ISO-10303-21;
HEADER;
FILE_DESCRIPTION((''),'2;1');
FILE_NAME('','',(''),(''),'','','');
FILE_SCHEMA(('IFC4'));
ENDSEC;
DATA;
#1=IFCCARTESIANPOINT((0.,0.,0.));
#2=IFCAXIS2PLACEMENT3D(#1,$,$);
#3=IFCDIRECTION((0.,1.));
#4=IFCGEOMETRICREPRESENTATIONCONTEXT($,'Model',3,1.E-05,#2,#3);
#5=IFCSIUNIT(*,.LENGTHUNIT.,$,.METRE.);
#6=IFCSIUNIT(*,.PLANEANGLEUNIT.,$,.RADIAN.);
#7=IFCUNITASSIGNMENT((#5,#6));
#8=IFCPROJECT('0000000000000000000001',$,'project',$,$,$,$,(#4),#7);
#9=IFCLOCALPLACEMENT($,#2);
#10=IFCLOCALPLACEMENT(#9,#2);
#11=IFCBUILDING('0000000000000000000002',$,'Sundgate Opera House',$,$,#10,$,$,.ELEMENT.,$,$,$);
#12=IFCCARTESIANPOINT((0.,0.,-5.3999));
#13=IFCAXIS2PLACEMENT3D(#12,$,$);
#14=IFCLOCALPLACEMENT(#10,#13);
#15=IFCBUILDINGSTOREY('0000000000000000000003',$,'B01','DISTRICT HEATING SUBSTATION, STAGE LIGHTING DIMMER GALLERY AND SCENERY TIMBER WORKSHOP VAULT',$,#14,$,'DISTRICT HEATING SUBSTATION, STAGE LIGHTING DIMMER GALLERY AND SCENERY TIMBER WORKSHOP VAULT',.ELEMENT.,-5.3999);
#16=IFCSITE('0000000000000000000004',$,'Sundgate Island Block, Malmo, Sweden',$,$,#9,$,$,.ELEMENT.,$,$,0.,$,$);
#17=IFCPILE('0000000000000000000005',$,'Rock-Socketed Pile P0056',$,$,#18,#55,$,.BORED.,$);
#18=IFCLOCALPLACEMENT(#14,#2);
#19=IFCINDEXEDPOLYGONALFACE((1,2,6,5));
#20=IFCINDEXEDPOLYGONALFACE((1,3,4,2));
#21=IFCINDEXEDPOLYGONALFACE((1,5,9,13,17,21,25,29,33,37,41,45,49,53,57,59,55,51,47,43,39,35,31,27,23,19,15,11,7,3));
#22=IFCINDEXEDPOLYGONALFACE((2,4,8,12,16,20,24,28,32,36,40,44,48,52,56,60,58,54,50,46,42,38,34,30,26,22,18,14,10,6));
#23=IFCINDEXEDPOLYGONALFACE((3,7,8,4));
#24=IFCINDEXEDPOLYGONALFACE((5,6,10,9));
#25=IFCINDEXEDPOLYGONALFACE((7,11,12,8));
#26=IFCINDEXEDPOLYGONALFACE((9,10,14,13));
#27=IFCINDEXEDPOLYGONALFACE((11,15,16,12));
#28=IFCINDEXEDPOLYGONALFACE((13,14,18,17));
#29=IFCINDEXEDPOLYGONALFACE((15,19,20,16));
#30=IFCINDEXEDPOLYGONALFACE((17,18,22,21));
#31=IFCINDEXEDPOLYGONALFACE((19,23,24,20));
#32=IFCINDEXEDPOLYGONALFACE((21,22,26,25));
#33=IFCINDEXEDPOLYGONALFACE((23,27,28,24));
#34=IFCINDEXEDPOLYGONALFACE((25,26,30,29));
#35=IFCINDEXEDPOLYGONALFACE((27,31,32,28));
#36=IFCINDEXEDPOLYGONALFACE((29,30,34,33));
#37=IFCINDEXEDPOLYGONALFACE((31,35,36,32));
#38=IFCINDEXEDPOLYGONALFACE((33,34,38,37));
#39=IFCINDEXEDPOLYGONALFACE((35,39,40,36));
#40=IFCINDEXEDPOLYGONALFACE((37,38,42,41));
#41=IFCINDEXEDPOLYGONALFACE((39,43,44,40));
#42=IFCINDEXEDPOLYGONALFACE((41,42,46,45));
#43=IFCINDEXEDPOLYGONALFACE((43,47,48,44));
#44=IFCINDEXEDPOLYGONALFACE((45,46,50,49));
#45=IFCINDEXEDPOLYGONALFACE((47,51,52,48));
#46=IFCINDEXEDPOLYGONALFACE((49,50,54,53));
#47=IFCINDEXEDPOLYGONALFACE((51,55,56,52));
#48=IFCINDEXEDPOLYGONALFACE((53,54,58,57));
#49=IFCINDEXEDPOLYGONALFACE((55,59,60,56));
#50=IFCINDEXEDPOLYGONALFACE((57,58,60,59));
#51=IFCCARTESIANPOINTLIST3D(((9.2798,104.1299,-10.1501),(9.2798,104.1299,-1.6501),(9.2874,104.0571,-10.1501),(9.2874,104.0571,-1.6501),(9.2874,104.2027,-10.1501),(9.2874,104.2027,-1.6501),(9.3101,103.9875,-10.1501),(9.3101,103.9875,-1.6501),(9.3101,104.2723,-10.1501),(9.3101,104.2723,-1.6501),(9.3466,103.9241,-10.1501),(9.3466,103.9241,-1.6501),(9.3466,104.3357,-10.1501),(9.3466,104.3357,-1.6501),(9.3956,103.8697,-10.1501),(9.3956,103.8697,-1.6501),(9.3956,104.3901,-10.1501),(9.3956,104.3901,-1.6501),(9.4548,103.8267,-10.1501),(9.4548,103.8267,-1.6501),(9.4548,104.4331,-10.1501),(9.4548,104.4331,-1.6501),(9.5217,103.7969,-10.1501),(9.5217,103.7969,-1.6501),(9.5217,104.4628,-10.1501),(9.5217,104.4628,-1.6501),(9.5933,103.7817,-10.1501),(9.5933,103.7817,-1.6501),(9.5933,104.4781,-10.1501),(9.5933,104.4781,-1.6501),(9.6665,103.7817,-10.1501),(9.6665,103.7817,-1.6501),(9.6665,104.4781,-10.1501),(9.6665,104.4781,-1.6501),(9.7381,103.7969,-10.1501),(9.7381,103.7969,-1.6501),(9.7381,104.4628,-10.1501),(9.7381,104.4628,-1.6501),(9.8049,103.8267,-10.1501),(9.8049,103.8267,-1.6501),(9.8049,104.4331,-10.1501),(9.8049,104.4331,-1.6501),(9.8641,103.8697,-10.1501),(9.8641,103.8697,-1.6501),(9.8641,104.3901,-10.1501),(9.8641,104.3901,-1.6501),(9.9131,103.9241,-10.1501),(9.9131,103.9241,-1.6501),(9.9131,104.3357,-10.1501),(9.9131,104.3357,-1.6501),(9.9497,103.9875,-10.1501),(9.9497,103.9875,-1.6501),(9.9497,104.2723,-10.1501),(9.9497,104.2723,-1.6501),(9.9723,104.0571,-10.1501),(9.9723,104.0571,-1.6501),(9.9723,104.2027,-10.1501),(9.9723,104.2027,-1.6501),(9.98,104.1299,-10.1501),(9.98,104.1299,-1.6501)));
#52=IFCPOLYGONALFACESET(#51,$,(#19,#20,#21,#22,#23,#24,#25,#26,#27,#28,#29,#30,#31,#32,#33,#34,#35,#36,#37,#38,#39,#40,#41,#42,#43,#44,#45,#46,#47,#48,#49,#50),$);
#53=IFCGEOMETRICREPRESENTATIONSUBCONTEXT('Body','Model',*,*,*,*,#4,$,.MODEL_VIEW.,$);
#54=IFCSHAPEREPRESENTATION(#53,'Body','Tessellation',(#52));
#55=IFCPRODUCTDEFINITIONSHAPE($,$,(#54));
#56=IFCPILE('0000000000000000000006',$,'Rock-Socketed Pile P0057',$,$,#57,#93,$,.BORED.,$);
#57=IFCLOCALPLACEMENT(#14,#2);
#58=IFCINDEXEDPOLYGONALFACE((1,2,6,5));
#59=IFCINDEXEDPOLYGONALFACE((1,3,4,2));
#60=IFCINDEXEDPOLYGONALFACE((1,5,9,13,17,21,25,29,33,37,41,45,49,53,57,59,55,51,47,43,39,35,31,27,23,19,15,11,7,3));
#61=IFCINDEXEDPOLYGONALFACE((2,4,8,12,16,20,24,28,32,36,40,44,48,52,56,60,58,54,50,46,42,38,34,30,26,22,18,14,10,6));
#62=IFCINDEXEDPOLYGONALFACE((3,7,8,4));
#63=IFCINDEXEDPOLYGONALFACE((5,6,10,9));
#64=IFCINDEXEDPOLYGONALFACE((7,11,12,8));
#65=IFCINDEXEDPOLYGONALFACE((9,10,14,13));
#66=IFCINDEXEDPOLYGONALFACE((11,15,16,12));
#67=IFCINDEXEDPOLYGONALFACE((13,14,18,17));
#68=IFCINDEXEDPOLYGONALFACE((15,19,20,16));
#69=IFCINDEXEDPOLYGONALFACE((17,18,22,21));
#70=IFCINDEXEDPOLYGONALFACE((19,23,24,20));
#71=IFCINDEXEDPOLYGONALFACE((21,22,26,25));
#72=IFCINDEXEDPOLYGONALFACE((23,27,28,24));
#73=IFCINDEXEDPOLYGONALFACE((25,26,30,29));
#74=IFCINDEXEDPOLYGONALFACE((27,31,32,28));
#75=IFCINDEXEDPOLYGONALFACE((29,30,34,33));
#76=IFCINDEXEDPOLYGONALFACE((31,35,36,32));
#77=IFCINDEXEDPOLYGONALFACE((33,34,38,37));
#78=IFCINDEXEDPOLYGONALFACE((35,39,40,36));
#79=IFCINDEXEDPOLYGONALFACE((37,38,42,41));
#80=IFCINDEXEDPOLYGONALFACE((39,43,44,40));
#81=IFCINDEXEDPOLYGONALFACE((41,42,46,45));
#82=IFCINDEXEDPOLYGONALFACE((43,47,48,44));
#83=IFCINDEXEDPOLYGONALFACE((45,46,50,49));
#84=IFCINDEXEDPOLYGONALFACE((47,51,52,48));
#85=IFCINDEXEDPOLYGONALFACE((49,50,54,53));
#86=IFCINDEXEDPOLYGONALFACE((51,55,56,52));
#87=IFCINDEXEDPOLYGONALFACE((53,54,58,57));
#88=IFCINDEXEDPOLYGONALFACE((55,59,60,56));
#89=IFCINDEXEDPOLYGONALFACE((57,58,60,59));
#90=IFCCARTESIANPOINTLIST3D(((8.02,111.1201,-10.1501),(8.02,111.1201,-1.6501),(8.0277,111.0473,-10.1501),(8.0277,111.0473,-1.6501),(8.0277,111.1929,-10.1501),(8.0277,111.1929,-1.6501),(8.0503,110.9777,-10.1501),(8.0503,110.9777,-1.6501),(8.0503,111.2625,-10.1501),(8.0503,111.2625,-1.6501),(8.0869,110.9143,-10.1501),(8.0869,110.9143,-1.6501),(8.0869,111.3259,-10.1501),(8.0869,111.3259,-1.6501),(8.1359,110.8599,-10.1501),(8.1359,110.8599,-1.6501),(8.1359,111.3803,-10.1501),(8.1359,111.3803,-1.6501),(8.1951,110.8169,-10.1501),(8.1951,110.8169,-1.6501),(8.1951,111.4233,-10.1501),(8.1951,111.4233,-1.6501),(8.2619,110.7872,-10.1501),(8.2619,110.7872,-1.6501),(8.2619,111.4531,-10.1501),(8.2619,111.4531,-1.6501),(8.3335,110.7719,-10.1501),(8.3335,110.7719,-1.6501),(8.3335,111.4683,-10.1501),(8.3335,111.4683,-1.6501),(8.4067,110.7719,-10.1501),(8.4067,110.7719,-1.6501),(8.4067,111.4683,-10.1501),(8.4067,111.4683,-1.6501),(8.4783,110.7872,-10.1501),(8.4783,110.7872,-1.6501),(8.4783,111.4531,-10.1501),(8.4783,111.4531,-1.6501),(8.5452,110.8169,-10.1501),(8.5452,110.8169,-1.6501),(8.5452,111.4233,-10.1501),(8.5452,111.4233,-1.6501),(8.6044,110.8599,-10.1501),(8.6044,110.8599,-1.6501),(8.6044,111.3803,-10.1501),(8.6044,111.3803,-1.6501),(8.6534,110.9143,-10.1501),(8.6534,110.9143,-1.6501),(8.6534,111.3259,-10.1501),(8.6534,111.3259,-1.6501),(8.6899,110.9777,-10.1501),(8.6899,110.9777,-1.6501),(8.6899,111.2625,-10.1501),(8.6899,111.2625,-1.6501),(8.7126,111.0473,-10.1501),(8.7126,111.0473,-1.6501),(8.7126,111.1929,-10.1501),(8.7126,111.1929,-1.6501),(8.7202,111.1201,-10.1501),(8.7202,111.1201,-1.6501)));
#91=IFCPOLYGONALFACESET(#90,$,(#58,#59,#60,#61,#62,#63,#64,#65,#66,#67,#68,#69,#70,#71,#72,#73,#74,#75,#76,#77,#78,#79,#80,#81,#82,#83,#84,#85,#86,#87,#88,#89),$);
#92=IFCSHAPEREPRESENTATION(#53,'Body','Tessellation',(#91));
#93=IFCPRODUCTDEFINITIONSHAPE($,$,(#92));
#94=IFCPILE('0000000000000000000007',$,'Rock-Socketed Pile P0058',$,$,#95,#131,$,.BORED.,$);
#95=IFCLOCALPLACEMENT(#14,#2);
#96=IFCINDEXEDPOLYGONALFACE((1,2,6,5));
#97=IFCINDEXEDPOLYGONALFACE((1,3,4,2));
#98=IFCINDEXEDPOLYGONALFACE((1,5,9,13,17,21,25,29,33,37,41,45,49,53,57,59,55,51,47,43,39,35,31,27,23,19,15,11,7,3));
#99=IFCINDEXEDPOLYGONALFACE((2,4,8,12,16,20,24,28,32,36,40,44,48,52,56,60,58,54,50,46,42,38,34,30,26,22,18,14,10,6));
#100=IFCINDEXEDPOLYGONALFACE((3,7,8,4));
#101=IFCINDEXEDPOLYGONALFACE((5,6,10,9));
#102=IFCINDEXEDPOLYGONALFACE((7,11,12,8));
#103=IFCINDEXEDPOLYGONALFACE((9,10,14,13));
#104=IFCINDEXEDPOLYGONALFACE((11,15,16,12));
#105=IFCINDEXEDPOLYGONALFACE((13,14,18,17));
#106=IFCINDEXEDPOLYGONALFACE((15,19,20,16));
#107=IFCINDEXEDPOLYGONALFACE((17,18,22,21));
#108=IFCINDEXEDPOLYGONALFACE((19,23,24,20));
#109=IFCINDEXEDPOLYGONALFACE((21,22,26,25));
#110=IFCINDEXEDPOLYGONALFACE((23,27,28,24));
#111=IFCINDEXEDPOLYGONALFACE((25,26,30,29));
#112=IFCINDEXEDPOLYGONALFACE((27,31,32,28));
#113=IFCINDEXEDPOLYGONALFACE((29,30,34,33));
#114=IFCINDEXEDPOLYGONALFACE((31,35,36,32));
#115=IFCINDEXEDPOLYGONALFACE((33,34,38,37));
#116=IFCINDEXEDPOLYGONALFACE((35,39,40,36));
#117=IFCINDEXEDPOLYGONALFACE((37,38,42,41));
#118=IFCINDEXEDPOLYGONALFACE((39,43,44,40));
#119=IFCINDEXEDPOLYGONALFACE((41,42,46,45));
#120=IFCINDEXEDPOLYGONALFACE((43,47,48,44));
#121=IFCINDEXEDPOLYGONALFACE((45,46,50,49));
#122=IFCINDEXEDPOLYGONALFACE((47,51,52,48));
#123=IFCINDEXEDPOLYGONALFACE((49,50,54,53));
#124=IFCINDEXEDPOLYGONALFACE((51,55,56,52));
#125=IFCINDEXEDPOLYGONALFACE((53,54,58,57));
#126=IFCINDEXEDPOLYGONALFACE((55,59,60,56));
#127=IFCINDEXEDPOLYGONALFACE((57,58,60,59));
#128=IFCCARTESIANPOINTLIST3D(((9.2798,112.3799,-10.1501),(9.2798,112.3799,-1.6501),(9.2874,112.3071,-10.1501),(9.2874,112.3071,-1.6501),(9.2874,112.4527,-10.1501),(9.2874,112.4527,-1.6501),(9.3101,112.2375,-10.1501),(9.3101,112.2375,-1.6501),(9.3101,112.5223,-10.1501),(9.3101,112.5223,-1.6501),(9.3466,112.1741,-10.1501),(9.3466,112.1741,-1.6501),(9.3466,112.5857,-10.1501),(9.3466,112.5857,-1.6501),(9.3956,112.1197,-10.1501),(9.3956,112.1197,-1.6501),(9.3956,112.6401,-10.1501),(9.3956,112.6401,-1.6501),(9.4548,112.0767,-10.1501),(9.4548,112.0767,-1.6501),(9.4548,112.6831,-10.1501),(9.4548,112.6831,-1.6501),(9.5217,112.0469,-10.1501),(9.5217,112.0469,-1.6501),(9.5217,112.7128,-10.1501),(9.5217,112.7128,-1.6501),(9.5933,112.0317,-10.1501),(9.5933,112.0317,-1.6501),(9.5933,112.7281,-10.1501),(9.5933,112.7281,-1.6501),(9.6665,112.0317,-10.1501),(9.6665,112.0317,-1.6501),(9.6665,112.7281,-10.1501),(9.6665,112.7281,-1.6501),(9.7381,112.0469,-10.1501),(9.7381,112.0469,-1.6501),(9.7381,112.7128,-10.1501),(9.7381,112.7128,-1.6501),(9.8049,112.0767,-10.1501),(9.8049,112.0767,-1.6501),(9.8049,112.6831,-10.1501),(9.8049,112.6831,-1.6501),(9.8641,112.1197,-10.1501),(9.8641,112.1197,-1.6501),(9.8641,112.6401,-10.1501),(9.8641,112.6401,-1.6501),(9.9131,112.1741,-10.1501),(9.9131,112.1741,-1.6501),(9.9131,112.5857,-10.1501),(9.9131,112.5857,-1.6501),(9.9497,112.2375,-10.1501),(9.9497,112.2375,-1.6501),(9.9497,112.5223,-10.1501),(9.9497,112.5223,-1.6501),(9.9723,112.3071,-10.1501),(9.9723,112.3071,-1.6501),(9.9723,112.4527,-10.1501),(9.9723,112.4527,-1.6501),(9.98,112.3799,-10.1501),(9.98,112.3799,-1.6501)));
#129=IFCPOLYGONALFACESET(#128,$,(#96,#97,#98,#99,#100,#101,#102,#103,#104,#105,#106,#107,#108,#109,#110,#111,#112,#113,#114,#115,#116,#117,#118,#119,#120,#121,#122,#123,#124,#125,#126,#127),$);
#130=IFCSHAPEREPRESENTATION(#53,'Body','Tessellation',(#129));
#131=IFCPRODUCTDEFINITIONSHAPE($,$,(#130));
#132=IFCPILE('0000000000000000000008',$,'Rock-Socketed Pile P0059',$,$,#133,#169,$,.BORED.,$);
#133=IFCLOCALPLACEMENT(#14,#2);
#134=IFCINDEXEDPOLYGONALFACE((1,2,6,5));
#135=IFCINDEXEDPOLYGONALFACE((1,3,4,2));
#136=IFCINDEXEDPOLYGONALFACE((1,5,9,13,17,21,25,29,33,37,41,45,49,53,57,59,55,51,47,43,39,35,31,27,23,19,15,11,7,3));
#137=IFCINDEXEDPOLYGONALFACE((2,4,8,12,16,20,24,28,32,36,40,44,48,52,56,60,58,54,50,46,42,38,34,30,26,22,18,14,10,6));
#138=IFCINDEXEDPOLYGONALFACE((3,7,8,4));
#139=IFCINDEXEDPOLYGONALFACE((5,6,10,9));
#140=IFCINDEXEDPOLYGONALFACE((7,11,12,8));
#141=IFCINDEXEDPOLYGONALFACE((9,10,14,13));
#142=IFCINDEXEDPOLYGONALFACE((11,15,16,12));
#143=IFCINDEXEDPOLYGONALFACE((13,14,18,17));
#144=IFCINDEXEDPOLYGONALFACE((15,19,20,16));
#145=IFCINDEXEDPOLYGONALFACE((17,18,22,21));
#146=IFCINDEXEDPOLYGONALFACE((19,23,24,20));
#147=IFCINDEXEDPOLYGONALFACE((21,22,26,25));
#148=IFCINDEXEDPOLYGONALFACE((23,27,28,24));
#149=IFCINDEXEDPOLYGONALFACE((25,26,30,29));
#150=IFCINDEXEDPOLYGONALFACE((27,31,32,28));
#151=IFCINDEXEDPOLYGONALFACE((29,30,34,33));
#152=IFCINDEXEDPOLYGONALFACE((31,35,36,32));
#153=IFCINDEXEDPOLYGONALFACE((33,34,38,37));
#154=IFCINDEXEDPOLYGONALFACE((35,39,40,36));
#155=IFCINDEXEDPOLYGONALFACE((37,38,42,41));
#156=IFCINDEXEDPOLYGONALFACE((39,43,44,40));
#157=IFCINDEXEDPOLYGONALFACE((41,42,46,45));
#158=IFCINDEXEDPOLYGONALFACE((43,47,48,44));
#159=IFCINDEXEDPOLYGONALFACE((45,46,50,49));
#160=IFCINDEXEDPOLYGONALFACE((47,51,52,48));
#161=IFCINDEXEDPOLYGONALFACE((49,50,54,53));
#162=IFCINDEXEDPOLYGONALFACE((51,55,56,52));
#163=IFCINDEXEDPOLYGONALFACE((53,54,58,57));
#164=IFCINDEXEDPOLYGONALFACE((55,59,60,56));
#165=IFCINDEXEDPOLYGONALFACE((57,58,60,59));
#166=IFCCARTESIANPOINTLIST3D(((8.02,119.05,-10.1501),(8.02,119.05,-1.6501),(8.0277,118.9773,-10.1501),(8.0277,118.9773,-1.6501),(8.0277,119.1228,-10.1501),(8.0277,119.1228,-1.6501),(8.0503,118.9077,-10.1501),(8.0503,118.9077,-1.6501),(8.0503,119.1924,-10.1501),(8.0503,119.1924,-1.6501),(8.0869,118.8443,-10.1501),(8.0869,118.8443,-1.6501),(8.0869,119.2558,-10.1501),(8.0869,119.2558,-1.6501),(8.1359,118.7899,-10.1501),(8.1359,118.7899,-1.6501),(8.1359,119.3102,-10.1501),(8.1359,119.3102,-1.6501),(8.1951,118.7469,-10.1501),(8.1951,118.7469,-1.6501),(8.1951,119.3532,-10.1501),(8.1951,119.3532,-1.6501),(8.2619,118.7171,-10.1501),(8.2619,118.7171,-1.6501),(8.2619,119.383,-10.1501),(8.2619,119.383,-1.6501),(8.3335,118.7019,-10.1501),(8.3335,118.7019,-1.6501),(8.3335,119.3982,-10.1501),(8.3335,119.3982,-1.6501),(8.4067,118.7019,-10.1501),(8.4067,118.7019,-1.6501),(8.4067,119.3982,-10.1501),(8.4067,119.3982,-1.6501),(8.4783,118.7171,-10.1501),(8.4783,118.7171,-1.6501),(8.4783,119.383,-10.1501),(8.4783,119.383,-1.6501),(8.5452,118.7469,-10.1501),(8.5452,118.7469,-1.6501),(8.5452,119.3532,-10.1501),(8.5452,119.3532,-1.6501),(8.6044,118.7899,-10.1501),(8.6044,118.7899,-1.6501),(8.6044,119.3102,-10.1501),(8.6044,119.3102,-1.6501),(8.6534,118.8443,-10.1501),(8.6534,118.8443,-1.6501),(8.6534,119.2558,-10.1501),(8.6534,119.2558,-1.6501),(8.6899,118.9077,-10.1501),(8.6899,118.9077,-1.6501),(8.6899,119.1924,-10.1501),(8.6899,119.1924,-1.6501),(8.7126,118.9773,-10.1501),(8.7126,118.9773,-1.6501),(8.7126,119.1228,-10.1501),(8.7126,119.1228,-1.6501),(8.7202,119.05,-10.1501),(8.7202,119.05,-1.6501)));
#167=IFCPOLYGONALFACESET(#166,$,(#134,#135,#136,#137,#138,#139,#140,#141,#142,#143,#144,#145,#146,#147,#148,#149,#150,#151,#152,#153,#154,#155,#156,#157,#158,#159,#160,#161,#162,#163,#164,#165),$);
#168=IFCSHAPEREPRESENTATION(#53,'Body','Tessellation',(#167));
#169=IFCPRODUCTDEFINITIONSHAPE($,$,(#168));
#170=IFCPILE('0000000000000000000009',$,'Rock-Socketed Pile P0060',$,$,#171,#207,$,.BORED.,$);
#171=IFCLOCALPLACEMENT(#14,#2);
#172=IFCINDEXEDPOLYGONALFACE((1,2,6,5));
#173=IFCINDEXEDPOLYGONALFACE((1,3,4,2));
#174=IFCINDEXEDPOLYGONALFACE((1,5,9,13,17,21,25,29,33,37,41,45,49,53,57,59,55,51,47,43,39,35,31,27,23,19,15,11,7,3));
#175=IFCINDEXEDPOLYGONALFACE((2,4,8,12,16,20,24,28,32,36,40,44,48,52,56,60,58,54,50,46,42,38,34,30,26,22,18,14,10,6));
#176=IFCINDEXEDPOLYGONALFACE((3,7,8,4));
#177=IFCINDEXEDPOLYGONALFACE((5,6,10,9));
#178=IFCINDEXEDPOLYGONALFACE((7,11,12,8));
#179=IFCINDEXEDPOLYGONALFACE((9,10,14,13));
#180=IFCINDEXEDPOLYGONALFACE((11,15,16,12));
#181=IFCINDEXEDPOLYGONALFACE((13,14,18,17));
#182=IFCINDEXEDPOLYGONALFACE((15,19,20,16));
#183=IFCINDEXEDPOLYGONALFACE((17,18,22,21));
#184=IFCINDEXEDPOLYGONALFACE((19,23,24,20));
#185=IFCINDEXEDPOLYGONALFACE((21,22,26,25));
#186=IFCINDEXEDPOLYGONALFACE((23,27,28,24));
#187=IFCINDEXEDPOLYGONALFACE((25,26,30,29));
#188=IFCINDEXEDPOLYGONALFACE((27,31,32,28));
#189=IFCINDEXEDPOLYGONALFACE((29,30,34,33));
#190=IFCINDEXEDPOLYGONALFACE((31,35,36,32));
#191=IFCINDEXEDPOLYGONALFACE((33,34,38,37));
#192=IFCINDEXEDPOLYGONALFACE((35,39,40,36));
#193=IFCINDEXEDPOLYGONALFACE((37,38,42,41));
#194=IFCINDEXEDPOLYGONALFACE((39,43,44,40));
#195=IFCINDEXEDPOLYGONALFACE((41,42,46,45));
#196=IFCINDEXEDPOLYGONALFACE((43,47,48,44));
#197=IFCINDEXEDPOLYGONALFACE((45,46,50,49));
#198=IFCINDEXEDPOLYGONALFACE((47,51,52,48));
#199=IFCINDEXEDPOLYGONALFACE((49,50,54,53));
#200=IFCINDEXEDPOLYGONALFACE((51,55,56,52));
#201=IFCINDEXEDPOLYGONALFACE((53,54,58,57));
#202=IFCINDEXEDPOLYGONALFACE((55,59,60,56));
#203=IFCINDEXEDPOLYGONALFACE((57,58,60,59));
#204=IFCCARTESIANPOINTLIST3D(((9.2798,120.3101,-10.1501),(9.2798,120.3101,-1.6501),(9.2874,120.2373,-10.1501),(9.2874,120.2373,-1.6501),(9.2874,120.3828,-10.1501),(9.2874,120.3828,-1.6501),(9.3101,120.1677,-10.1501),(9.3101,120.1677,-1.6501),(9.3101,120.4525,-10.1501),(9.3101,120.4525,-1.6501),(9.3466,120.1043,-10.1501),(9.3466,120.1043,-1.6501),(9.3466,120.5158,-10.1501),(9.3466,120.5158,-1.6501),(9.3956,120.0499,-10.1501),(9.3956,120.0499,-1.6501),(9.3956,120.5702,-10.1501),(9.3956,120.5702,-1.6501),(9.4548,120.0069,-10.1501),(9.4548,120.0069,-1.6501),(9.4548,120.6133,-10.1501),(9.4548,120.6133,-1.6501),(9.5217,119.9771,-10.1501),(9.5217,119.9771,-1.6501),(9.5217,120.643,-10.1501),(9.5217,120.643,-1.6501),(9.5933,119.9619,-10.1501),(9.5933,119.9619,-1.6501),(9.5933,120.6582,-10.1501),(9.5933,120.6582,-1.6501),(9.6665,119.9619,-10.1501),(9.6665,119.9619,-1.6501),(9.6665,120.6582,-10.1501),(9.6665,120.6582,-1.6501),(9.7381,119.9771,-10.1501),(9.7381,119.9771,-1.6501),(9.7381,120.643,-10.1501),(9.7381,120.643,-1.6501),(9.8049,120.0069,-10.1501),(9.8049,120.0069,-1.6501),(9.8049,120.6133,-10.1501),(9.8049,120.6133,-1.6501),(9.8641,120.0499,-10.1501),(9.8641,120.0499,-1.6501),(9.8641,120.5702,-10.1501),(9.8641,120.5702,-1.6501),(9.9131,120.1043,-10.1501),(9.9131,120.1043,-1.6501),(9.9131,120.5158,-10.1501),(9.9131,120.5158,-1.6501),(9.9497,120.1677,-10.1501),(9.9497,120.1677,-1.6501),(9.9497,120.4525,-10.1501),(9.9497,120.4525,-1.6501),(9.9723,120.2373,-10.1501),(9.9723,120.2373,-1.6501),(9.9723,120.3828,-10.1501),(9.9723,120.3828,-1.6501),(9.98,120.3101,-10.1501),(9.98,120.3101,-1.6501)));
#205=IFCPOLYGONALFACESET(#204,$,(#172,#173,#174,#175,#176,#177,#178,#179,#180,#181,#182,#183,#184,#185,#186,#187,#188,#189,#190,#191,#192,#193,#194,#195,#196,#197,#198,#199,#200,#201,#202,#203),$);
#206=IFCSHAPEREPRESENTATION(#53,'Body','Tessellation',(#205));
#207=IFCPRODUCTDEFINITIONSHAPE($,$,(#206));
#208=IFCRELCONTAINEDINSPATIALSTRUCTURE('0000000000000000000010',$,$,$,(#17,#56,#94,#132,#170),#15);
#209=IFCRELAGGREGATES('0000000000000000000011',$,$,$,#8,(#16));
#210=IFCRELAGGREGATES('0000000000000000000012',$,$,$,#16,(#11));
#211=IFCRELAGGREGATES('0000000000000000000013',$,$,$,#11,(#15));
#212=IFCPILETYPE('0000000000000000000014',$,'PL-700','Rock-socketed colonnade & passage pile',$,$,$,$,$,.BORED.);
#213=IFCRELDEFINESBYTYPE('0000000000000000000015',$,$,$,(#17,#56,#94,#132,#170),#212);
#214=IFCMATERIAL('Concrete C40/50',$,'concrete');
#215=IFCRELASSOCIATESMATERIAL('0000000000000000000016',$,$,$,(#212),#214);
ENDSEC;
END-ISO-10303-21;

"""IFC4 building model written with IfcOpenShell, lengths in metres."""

from ifc_helpers import new_model, si_unit, direction, frame, origin, origin_2d, place, context, subcontext, project, spatial, circle, extrude, material, material_profile, profile_set, type_object, element, save


model = new_model("IFC4")

# Units and contexts
model_context = context("Model", 3, precision=1e-05, world=origin(), true_north=direction((0.0, 1.0)))
body_context = subcontext(model_context, "Body", "Model", "MODEL_VIEW")
ifc_project = project(units=[si_unit("LENGTHUNIT", "METRE"), si_unit("PLANEANGLEUNIT", "RADIAN")], contexts=[model_context])

# Site, building, storey
site_placement = place(None, origin())
site = spatial("IfcSite", under=ifc_project, at=site_placement, Name="Sundgate Island Block, Malmo, Sweden", CompositionType="ELEMENT", RefElevation=0.0)
building_placement = place(site_placement, origin())
building = spatial("IfcBuilding", under=site, at=building_placement, Name="Sundgate Opera House", CompositionType="ELEMENT")
storey_placement = place(building_placement, frame((0.0, 0.0, -5.3999)))
storey = spatial("IfcBuildingStorey", under=building, at=storey_placement, Name="B01", Description="DISTRICT HEATING SUBSTATION, STAGE LIGHTING DIMMER GALLERY AND SCENERY TIMBER WORKSHOP VAULT", LongName="DISTRICT HEATING SUBSTATION, STAGE LIGHTING DIMMER GALLERY AND SCENERY TIMBER WORKSHOP VAULT", CompositionType="ELEMENT", Elevation=-5.3999)

# Piles
ifc_material_1 = material(Name="Concrete C40/50", Category="concrete")
ifc_material_profile_1 = material_profile(ifc_material_1, circle(Radius=0.3501, at=origin_2d()), Name="PILE D700")
ifc_profile_set_1 = profile_set([ifc_material_profile_1], Name="Concrete C40/50")
pile_type = type_object("IfcPileType", Name="PL-700", Description="Rock-socketed colonnade & passage pile", PredefinedType="BORED", material=ifc_profile_set_1)
for number, where, z_axis, x_axis, name in (
    (1, (9.6299, 104.1299, -1.6501), (0.0, 0.0, -1.0), (1.0, 0.0, 0.0), "Rock-Socketed Pile P0056"),
    (2, (8.3701, 111.1201, -1.6501), (0.0, 0.0, -1.0), (1.0, 0.0, 0.0), "Rock-Socketed Pile P0057"),
    (3, (9.6299, 112.3799, -1.6501), (0.0, 0.0, -1.0), (1.0, 0.0, 0.0), "Rock-Socketed Pile P0058"),
    (4, (8.3701, 119.05, -1.6501), (0.0, 0.0, -1.0), (1.0, 0.0, 0.0), "Rock-Socketed Pile P0059"),
    (5, (9.6299, 120.3101, -1.6501), (0.0, 0.0, -1.0), (1.0, 0.0, 0.0), "Rock-Socketed Pile P0060"),
):
    element("IfcPile", number, at=place(storey_placement, frame(where, z_axis=z_axis, x_axis=x_axis)), inside=storey, type_object=pile_type, Name=name, PredefinedType="BORED", context=body_context, shape_type="SweptSolid", body=[
        extrude(circle(Radius=0.3501, at=origin_2d()), origin(), (0.0, 0.0, 1.0), 8.5),
    ])

save(model, "model.ifc")
